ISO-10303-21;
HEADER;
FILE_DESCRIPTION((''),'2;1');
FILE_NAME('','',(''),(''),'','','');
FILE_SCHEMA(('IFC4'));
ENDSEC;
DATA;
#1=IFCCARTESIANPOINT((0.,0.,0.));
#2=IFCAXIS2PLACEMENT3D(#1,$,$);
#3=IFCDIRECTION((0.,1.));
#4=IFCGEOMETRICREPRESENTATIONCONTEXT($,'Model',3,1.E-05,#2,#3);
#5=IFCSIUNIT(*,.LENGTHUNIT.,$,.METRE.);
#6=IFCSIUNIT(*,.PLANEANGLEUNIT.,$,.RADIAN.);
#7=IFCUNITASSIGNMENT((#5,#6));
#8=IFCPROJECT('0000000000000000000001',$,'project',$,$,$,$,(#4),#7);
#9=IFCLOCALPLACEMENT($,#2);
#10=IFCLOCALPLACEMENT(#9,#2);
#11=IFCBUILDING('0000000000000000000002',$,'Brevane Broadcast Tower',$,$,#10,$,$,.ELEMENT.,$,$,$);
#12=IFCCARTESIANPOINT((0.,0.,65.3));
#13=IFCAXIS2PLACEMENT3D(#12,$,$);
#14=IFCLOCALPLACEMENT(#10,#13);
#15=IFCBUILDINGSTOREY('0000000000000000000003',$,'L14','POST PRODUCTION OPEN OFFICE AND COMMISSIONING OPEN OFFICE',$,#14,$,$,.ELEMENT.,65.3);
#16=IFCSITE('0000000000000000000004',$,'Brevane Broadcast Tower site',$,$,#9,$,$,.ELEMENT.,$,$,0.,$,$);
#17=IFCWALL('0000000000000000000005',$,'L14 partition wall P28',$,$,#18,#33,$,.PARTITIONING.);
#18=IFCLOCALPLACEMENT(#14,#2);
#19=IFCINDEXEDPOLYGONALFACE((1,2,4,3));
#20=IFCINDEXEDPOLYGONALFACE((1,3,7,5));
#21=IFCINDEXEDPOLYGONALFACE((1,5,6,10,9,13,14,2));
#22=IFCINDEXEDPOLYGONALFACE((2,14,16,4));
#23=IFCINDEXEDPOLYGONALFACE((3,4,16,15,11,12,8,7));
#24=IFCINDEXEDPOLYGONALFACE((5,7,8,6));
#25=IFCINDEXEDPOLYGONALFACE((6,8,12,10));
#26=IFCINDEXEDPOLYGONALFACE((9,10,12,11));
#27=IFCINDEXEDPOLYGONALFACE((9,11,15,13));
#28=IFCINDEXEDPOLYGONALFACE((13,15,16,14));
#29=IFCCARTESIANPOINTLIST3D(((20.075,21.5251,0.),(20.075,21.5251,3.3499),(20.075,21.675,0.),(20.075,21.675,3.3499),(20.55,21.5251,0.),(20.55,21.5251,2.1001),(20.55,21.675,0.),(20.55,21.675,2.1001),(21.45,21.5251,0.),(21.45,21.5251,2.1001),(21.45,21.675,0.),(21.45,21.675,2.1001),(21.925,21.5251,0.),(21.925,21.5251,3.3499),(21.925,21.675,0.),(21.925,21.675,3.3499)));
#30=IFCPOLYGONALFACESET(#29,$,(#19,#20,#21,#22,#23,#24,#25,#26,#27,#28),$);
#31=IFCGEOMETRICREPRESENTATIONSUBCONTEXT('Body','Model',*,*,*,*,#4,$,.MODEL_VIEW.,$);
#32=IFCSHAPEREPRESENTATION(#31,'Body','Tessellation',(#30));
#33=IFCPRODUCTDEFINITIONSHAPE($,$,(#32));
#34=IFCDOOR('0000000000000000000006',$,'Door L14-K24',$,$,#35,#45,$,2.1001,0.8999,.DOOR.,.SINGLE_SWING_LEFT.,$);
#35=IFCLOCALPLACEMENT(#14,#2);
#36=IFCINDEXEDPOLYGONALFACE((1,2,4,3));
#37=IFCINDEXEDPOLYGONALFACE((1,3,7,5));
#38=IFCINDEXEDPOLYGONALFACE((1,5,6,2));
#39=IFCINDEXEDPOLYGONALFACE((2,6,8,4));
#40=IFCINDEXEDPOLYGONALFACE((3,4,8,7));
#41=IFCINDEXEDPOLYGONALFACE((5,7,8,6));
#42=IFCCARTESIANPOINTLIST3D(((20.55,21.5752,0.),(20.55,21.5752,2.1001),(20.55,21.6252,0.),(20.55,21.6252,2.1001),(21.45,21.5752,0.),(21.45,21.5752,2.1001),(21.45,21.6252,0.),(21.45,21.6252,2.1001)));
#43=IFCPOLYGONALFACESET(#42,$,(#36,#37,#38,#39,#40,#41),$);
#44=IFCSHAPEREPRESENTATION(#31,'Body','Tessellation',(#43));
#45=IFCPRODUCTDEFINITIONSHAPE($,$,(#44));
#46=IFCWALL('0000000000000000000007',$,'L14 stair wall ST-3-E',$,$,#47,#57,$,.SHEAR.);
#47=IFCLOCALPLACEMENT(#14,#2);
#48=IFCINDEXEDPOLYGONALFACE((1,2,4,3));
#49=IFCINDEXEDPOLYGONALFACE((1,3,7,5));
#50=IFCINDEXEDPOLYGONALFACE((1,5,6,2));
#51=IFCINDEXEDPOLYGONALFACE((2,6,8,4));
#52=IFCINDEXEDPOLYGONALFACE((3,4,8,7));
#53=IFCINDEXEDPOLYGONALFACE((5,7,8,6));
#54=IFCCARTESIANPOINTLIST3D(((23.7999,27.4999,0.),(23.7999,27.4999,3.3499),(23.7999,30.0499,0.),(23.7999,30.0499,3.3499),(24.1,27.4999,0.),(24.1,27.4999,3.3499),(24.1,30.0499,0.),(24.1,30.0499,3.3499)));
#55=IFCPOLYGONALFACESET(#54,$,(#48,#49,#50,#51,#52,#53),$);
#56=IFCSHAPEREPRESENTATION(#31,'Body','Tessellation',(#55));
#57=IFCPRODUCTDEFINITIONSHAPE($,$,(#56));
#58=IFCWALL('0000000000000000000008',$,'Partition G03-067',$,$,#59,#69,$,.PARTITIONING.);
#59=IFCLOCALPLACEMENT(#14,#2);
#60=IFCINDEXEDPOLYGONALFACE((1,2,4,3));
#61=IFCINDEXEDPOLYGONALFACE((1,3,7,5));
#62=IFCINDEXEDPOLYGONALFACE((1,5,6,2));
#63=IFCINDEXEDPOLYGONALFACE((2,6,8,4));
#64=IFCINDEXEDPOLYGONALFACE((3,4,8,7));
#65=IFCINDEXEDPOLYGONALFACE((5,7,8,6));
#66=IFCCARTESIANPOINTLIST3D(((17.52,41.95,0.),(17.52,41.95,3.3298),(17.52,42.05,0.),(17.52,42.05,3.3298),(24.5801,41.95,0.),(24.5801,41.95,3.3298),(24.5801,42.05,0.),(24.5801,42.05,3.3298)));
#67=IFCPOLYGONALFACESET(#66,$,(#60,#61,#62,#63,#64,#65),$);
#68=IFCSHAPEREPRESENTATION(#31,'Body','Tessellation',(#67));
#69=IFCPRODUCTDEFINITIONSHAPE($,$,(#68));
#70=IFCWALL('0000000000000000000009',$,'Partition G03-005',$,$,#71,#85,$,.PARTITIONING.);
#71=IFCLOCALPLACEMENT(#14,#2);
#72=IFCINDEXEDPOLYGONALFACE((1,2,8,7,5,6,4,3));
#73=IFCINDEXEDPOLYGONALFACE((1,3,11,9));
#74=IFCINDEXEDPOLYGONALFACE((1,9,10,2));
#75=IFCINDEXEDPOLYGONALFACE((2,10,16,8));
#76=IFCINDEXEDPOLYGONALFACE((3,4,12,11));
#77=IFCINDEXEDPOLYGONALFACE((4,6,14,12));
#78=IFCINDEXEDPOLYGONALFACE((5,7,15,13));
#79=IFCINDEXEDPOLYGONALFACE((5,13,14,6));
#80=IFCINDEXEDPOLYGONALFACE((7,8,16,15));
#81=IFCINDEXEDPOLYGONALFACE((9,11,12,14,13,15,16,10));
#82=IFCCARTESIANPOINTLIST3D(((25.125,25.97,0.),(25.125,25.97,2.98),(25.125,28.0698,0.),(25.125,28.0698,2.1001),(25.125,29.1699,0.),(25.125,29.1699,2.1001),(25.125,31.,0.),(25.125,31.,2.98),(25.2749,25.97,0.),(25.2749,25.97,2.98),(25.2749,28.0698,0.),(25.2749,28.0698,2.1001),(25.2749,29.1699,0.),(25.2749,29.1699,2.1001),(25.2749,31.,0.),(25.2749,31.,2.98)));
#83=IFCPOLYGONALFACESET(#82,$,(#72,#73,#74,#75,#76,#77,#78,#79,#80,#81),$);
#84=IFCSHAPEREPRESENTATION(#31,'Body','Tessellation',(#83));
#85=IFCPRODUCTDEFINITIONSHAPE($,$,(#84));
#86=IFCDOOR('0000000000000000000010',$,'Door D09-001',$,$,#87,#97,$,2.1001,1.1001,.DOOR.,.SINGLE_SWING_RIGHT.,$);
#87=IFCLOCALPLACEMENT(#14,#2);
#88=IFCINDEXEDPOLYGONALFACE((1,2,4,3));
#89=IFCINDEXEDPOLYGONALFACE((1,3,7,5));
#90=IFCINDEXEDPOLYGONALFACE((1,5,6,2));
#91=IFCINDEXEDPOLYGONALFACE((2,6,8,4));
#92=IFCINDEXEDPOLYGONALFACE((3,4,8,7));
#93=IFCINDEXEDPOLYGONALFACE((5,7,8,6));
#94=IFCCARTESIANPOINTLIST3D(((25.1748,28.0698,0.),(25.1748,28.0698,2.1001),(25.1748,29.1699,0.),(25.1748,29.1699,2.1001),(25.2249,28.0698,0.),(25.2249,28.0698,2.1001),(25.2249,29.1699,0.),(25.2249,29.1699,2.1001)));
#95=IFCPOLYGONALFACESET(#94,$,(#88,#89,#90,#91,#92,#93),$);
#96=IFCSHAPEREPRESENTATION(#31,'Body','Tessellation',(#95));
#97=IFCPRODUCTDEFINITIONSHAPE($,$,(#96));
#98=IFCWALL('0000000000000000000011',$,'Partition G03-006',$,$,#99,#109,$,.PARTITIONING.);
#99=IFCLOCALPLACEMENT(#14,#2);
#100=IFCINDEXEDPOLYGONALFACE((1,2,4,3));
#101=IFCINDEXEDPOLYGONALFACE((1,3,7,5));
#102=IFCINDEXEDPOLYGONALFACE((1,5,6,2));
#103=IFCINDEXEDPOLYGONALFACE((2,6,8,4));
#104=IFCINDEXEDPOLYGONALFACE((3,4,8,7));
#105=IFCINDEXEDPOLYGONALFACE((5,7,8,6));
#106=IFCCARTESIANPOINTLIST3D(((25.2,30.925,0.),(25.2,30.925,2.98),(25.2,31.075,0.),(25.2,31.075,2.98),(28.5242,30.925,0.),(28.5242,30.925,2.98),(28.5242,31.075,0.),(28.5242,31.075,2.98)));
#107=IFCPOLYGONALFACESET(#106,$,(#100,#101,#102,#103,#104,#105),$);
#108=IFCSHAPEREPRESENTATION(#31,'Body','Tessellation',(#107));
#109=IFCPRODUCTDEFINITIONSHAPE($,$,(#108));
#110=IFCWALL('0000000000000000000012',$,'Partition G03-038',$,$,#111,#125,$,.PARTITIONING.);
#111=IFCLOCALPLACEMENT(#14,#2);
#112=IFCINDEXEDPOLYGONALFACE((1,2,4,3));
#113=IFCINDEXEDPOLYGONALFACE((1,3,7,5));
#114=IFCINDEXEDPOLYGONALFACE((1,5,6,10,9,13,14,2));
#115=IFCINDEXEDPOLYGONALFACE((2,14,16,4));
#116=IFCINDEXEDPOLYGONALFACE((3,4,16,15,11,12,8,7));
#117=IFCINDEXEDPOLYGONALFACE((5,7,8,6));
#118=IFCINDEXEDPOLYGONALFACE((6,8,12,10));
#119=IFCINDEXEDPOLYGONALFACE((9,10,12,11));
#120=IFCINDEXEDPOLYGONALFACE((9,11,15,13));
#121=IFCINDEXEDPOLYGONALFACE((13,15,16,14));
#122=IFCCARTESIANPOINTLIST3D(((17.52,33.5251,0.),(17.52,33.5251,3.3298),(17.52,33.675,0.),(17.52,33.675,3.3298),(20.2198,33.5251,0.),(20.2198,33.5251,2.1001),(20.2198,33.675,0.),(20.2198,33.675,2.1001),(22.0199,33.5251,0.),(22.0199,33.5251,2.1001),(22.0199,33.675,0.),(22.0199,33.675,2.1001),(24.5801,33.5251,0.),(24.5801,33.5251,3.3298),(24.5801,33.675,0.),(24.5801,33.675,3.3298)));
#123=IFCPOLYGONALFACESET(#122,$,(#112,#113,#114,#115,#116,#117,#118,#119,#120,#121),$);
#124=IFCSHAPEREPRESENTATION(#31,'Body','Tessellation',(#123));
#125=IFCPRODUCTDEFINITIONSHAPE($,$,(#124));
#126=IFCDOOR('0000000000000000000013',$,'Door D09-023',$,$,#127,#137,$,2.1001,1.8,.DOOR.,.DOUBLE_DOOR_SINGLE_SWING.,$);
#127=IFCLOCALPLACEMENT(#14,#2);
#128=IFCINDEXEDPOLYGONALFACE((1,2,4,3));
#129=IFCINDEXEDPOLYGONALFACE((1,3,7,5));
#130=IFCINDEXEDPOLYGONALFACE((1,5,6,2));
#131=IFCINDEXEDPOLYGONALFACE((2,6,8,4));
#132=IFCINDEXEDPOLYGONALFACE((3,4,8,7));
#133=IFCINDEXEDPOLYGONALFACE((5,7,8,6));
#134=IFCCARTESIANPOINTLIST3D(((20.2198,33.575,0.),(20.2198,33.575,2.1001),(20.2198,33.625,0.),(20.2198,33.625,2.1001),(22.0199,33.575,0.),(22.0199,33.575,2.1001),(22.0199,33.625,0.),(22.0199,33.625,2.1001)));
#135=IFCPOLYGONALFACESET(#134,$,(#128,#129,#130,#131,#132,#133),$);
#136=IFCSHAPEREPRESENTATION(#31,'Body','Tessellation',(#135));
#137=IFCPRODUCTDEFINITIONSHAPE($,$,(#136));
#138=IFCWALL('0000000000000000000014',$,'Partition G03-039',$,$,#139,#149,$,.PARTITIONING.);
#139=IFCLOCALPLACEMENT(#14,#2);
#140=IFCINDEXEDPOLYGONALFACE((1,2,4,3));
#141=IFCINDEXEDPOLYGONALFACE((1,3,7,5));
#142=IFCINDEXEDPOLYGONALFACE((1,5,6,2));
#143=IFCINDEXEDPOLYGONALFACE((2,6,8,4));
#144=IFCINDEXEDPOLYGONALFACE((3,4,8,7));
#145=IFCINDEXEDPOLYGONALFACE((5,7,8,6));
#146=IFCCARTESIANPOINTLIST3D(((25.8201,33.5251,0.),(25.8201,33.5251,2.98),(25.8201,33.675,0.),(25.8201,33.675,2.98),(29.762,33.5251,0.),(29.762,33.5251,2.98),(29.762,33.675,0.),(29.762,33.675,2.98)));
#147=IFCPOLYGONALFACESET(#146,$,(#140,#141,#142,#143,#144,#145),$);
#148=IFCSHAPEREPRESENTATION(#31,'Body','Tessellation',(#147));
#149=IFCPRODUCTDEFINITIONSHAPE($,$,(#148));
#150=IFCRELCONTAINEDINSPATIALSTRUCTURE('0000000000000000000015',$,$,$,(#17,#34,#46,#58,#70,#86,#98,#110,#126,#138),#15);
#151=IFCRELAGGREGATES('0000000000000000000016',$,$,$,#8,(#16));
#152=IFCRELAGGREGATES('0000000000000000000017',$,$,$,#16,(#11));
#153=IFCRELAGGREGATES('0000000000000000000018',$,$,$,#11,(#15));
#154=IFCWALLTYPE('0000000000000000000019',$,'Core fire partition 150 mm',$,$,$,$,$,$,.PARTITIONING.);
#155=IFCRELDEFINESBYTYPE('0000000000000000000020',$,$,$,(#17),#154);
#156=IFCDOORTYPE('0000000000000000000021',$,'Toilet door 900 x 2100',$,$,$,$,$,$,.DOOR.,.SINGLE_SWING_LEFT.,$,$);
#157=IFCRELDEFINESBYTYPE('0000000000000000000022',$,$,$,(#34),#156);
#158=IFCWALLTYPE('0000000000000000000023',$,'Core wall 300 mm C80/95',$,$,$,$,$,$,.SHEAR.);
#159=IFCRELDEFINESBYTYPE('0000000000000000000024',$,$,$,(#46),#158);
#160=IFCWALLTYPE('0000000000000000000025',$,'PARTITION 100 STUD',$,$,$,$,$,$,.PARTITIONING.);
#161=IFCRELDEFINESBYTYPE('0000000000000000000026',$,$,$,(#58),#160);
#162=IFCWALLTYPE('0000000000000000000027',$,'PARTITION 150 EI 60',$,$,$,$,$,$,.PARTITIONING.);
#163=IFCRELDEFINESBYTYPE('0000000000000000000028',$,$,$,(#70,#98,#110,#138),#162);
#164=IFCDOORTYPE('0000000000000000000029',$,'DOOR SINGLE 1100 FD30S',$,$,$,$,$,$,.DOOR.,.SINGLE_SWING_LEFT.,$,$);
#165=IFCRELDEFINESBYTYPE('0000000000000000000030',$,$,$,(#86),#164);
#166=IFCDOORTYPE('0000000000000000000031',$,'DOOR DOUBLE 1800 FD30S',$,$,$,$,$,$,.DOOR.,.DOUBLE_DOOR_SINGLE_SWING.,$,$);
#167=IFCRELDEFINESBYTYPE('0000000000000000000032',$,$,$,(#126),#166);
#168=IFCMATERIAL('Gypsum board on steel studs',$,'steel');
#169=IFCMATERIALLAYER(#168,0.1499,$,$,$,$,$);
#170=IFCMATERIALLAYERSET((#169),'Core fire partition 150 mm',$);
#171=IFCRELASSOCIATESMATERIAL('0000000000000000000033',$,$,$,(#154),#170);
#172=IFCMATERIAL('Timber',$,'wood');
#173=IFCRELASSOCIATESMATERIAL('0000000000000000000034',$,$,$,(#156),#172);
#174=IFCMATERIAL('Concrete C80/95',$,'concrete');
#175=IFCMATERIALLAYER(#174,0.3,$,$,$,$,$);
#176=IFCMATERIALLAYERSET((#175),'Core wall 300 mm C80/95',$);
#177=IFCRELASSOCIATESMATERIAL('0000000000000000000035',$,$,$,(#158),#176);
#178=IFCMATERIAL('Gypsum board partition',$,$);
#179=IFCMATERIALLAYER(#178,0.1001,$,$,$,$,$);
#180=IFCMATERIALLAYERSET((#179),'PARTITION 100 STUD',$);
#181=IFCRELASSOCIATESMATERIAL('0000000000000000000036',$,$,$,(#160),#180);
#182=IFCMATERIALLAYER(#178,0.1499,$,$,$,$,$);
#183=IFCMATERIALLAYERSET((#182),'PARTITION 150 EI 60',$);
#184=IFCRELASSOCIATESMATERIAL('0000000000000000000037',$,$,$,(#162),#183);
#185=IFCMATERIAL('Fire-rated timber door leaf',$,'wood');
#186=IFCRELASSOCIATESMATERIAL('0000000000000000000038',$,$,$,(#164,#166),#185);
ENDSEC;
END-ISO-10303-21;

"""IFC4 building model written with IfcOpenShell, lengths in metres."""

from ifc_helpers import new_model, si_unit, direction, frame, frame_2d, origin, place, context, subcontext, project, spatial, polyline, rectangle, outline, extrude, material, layer, layer_set, type_object, element, fill, save


model = new_model("IFC4")

# Units and contexts
model_context = context("Model", 3, precision=1e-05, world=origin(), true_north=direction((0.0, 1.0)))
body_context = subcontext(model_context, "Body", "Model", "MODEL_VIEW")
ifc_project = project(units=[si_unit("LENGTHUNIT", "METRE"), si_unit("PLANEANGLEUNIT", "RADIAN")], contexts=[model_context])

# Site, building, storey
site_placement = place(None, origin())
site = spatial("IfcSite", under=ifc_project, at=site_placement, Name="Brevane Broadcast Tower site", CompositionType="ELEMENT", RefElevation=0.0)
building_placement = place(site_placement, origin())
building = spatial("IfcBuilding", under=site, at=building_placement, Name="Brevane Broadcast Tower", CompositionType="ELEMENT")
storey_placement = place(building_placement, frame((0.0, 0.0, 65.3)))
storey = spatial("IfcBuildingStorey", under=building, at=storey_placement, Name="L14", Description="POST PRODUCTION OPEN OFFICE AND COMMISSIONING OPEN OFFICE", CompositionType="ELEMENT", Elevation=65.3)

# Shared definitions
ifc_material_1 = material(Name="Concrete C80/95", Category="concrete")

# Shared definitions
ifc_material_2 = material(Name="Gypsum board on steel studs", Category="steel")
ifc_layer_1 = layer(ifc_material_2, 0.1499)
ifc_layer_set_1 = layer_set([ifc_layer_1], Name="Core fire partition 150 mm")
wall_type_1 = type_object("IfcWallType", Name="Core fire partition 150 mm", PredefinedType="PARTITIONING", material=ifc_layer_set_1)

# Wall, opening, door
wall_1_placement = place(storey_placement, frame((21.925, 21.6001, 0.0), z_axis=(0.0, 0.0, 1.0), x_axis=(-1.0, 0.0, 0.0)))
wall_1 = element("IfcWall", 1, at=wall_1_placement, inside=storey, type_object=wall_type_1, Name="L14 partition wall P28", PredefinedType="PARTITIONING", context=body_context, shape_type="SweptSolid", body=[
    extrude(rectangle(XDim=1.8501, YDim=0.1499, at=frame_2d((0.925, 0.0))), origin(), (0.0, 0.0, 1.0), 3.3499),
])
opening_1_placement = place(wall_1_placement, frame((0.4751, 0.0, 0.0)))
opening_1 = element("IfcOpeningElement", 2, at=opening_1_placement, cuts=wall_1, PredefinedType="OPENING", context=body_context, shape_type="SweptSolid", body=[
    extrude(rectangle(XDim=0.8999, YDim=2.1001, at=frame_2d((0.45, 1.05))), frame((0.0, 0.085, 0.0), z_axis=(0.0, -1.0, 0.0), x_axis=(1.0, 0.0, 0.0)), (0.0, 0.0, 1.0), 0.1699),
])
ifc_material_3 = material(Name="Timber", Category="wood")
door_type_1 = type_object("IfcDoorType", Name="Toilet door 900 x 2100", OperationType="SINGLE_SWING_LEFT", PredefinedType="DOOR", material=ifc_material_3)
door_1_placement = place(opening_1_placement, origin())
door_1 = element("IfcDoor", 3, at=door_1_placement, inside=storey, type_object=door_type_1, Name="Door L14-K24", OperationType="SINGLE_SWING_LEFT", OverallHeight=2.1001, OverallWidth=0.8999, PredefinedType="DOOR", context=body_context, shape_type="SweptSolid", body=[
    extrude(rectangle(XDim=0.8999, YDim=2.1001, at=frame_2d((0.45, 1.05))), frame((0.0, 0.0249, 0.0), z_axis=(0.0, -1.0, 0.0), x_axis=(1.0, 0.0, 0.0)), (0.0, 0.0, 1.0), 0.05),
])
fill(opening_1, door_1)

# Walls
ifc_layer_2 = layer(ifc_material_1, 0.3)
ifc_layer_set_2 = layer_set([ifc_layer_2], Name="Core wall 300 mm C80/95")
wall_type_2 = type_object("IfcWallType", Name="Core wall 300 mm C80/95", PredefinedType="SHEAR", material=ifc_layer_set_2)
wall_2_placement = place(storey_placement, frame((23.95, 27.5, 0.0), z_axis=(0.0, 0.0, 1.0), x_axis=(0.0, 1.0, 0.0)))
element("IfcWall", 4, at=wall_2_placement, inside=storey, type_object=wall_type_2, Name="L14 stair wall ST-3-E", PredefinedType="SHEAR", context=body_context, shape_type="SweptSolid", body=[
    extrude(rectangle(XDim=2.55, YDim=0.3, at=frame_2d((1.2749, 0.0))), origin(), (0.0, 0.0, 1.0), 3.3499),
])
ifc_material_4 = material(Name="Gypsum board partition")
ifc_layer_3 = layer(ifc_material_4, 0.1001)
ifc_layer_set_3 = layer_set([ifc_layer_3], Name="PARTITION 100 STUD")
wall_type_3 = type_object("IfcWallType", Name="PARTITION 100 STUD", PredefinedType="PARTITIONING", material=ifc_layer_set_3)
wall_3_placement = place(storey_placement, frame((17.52, 42.0, 0.0), z_axis=(0.0, 0.0, 1.0), x_axis=(1.0, 0.0, 0.0)))
element("IfcWall", 5, at=wall_3_placement, inside=storey, type_object=wall_type_3, Name="Partition G03-067", PredefinedType="PARTITIONING", context=body_context, shape_type="SweptSolid", body=[
    extrude(rectangle(XDim=7.0601, YDim=0.1001, at=frame_2d((3.53, 0.0))), origin(), (0.0, 0.0, 1.0), 3.3298),
])

# Wall, opening, door
ifc_layer_4 = layer(ifc_material_4, 0.1499)
ifc_layer_set_4 = layer_set([ifc_layer_4], Name="PARTITION 150 EI 60")
wall_type_4 = type_object("IfcWallType", Name="PARTITION 150 EI 60", PredefinedType="PARTITIONING", material=ifc_layer_set_4)
wall_4_placement = place(storey_placement, frame((25.2, 31.0, 0.0), z_axis=(0.0, 0.0, 1.0), x_axis=(0.0, -1.0, 0.0)))
wall_4 = element("IfcWall", 6, at=wall_4_placement, inside=storey, type_object=wall_type_4, Name="Partition G03-005", PredefinedType="PARTITIONING", context=body_context, shape_type="SweptSolid", body=[
    extrude(outline(polyline([(0.0, 0.0), (5.03, 0.0), (5.03, 2.98), (0.0, 2.98), (0.0, 0.0)])), frame((0.0, 0.075, 0.0), z_axis=(0.0, -1.0, 0.0), x_axis=(1.0, 0.0, 0.0)), (0.0, 0.0, 1.0), 0.1499),
])
opening_2_placement = place(wall_4_placement, frame((1.8301, 0.0, 0.0)))
opening_2 = element("IfcOpeningElement", 7, at=opening_2_placement, cuts=wall_4, PredefinedType="OPENING", context=body_context, shape_type="SweptSolid", body=[
    extrude(rectangle(XDim=1.1001, YDim=2.1001, at=frame_2d((0.55, 1.05))), frame((0.0, 0.085, 0.0), z_axis=(0.0, -1.0, 0.0), x_axis=(1.0, 0.0, 0.0)), (0.0, 0.0, 1.0), 0.1699),
])
ifc_material_5 = material(Name="Fire-rated timber door leaf", Category="wood")
door_type_2 = type_object("IfcDoorType", Name="DOOR SINGLE 1100 FD30S", OperationType="SINGLE_SWING_LEFT", PredefinedType="DOOR", material=ifc_material_5)
door_2_placement = place(opening_2_placement, origin())
door_2 = element("IfcDoor", 8, at=door_2_placement, inside=storey, type_object=door_type_2, Name="Door D09-001", OperationType="SINGLE_SWING_RIGHT", OverallHeight=2.1001, OverallWidth=1.1001, PredefinedType="DOOR", context=body_context, shape_type="SweptSolid", body=[
    extrude(rectangle(XDim=1.1001, YDim=2.1001, at=frame_2d((0.55, 1.05))), frame((0.0, 0.0249, 0.0), z_axis=(0.0, -1.0, 0.0), x_axis=(1.0, 0.0, 0.0)), (0.0, 0.0, 1.0), 0.05),
])
fill(opening_2, door_2)

# Wall
wall_5_placement = place(storey_placement, frame((25.2, 31.0, 0.0), z_axis=(0.0, 0.0, 1.0), x_axis=(1.0, 0.0, 0.0)))
element("IfcWall", 9, at=wall_5_placement, inside=storey, type_object=wall_type_4, Name="Partition G03-006", PredefinedType="PARTITIONING", context=body_context, shape_type="SweptSolid", body=[
    extrude(rectangle(XDim=3.3242, YDim=0.1499, at=frame_2d((1.6621, 0.0))), origin(), (0.0, 0.0, 1.0), 2.98),
])

# Wall, opening, door
wall_6_placement = place(storey_placement, frame((17.52, 33.6001, 0.0), z_axis=(0.0, 0.0, 1.0), x_axis=(1.0, 0.0, 0.0)))
wall_6 = element("IfcWall", 10, at=wall_6_placement, inside=storey, type_object=wall_type_4, Name="Partition G03-038", PredefinedType="PARTITIONING", context=body_context, shape_type="SweptSolid", body=[
    extrude(rectangle(XDim=7.0601, YDim=0.1499, at=frame_2d((3.53, 0.0))), origin(), (0.0, 0.0, 1.0), 3.3298),
])
opening_3_placement = place(wall_6_placement, frame((2.7, 0.0, 0.0)))
opening_3 = element("IfcOpeningElement", 11, at=opening_3_placement, cuts=wall_6, PredefinedType="OPENING", context=body_context, shape_type="SweptSolid", body=[
    extrude(rectangle(XDim=1.8, YDim=2.1001, at=frame_2d((0.8999, 1.05))), frame((0.0, 0.085, 0.0), z_axis=(0.0, -1.0, 0.0), x_axis=(1.0, 0.0, 0.0)), (0.0, 0.0, 1.0), 0.1699),
])
door_type_3 = type_object("IfcDoorType", Name="DOOR DOUBLE 1800 FD30S", OperationType="DOUBLE_DOOR_SINGLE_SWING", PredefinedType="DOOR", material=ifc_material_5)
door_3_placement = place(opening_3_placement, origin())
door_3 = element("IfcDoor", 12, at=door_3_placement, inside=storey, type_object=door_type_3, Name="Door D09-023", OperationType="DOUBLE_DOOR_SINGLE_SWING", OverallHeight=2.1001, OverallWidth=1.8, PredefinedType="DOOR", context=body_context, shape_type="SweptSolid", body=[
    extrude(rectangle(XDim=1.8, YDim=2.1001, at=frame_2d((0.8999, 1.05))), frame((0.0, 0.0249, 0.0), z_axis=(0.0, -1.0, 0.0), x_axis=(1.0, 0.0, 0.0)), (0.0, 0.0, 1.0), 0.05),
])
fill(opening_3, door_3)

# Wall
wall_7_placement = place(storey_placement, frame((25.8201, 33.6001, 0.0), z_axis=(0.0, 0.0, 1.0), x_axis=(1.0, 0.0, 0.0)))
element("IfcWall", 13, at=wall_7_placement, inside=storey, type_object=wall_type_4, Name="Partition G03-039", PredefinedType="PARTITIONING", context=body_context, shape_type="SweptSolid", body=[
    extrude(rectangle(XDim=3.9419, YDim=0.1499, at=frame_2d((1.9709, 0.0))), origin(), (0.0, 0.0, 1.0), 2.98),
])

save(model, "model.ifc")
